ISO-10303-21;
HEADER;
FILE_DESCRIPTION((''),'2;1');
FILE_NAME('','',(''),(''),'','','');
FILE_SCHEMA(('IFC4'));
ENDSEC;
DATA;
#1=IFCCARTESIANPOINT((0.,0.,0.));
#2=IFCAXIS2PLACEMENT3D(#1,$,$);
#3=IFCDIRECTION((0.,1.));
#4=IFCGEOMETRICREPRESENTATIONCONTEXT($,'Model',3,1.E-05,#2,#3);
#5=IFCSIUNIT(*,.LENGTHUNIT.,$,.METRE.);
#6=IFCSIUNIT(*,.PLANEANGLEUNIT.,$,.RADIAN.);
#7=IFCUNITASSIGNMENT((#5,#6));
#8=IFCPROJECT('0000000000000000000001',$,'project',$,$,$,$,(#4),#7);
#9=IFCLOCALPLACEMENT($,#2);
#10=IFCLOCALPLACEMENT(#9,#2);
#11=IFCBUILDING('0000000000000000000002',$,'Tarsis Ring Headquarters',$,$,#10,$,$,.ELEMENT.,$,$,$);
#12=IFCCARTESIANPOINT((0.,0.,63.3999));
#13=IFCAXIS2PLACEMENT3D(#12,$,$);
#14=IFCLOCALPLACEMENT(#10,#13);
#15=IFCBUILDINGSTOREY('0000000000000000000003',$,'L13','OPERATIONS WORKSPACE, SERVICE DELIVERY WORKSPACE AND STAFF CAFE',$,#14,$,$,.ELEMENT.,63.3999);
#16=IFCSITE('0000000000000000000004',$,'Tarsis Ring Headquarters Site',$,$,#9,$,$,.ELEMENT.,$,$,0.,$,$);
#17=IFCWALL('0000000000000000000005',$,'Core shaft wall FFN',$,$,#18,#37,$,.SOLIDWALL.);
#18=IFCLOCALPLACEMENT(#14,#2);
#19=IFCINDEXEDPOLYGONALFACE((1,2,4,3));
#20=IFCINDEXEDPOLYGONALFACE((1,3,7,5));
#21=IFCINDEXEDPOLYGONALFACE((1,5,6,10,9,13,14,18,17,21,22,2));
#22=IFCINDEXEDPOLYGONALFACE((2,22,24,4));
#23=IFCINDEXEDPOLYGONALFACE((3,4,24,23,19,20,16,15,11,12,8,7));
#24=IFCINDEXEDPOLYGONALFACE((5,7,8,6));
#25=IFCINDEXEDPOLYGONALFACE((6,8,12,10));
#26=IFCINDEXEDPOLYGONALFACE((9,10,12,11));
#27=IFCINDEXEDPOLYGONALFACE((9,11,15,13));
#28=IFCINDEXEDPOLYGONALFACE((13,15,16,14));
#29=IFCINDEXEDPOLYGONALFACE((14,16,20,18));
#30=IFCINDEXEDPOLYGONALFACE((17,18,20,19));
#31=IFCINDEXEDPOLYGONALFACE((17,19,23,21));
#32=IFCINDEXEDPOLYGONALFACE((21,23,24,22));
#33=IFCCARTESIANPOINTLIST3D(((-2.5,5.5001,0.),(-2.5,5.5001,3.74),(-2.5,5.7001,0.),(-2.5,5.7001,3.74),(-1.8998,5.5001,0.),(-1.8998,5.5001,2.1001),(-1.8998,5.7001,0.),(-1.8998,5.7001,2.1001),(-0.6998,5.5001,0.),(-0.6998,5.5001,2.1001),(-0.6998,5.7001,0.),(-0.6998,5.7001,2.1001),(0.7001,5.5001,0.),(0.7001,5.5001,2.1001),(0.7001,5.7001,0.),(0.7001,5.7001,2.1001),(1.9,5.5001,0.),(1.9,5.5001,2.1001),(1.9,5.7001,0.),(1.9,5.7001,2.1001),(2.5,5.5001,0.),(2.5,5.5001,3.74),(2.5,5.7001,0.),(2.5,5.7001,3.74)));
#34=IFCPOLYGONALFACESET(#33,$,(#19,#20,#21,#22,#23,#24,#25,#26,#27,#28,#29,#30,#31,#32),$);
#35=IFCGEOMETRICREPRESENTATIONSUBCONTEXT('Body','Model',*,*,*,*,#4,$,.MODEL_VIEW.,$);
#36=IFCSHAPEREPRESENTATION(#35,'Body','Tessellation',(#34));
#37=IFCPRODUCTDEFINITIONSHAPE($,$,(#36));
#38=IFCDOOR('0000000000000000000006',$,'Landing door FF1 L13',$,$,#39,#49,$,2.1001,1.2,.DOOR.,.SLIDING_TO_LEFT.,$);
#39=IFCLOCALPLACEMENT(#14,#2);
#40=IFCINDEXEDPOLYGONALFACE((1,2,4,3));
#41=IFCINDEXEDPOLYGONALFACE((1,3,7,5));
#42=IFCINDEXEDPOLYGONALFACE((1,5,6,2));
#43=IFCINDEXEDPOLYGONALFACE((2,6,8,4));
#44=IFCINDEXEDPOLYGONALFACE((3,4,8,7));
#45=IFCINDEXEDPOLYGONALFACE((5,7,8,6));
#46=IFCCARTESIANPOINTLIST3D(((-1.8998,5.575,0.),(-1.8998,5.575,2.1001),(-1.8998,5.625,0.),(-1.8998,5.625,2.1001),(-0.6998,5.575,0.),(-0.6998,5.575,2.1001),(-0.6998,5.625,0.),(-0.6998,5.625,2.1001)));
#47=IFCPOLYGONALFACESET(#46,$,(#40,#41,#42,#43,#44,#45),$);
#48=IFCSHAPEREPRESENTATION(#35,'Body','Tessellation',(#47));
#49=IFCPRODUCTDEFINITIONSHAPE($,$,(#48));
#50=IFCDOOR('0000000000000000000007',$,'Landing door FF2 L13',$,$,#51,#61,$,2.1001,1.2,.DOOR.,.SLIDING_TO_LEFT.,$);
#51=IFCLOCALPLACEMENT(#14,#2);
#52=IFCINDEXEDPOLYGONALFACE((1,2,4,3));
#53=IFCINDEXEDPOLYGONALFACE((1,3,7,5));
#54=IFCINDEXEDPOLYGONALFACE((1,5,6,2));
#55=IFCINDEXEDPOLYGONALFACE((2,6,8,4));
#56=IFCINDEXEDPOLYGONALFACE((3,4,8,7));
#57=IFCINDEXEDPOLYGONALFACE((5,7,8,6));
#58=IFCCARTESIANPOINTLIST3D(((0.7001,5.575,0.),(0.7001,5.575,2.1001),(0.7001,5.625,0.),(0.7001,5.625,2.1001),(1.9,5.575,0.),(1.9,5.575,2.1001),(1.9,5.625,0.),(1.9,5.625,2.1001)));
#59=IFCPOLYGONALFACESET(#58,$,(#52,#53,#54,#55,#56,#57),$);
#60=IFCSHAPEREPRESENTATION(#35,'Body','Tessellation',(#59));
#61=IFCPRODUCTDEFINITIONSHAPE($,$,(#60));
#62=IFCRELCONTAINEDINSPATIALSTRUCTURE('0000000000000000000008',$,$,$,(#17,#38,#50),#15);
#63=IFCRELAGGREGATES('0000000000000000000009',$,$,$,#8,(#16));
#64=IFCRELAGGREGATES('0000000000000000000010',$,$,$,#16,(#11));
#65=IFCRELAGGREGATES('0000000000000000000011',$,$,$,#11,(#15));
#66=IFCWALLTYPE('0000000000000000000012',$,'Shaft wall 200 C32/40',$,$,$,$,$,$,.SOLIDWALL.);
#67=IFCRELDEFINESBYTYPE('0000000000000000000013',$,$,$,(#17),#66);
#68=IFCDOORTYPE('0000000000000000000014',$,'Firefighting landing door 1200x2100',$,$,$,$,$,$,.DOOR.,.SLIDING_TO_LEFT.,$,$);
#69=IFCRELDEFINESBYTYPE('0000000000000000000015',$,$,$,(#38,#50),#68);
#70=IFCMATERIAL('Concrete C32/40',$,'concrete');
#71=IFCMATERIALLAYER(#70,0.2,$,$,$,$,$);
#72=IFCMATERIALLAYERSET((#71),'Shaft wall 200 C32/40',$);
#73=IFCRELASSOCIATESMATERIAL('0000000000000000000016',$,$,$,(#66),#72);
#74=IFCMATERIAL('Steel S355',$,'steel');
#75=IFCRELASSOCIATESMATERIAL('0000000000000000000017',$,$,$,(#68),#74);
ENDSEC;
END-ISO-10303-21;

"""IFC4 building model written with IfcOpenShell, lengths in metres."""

from ifc_helpers import new_model, si_unit, direction, frame, frame_2d, origin, place, context, subcontext, project, spatial, rectangle, extrude, material, layer, layer_set, type_object, element, fill, save


model = new_model("IFC4")

# Units and contexts
model_context = context("Model", 3, precision=1e-05, world=origin(), true_north=direction((0.0, 1.0)))
body_context = subcontext(model_context, "Body", "Model", "MODEL_VIEW")
ifc_project = project(units=[si_unit("LENGTHUNIT", "METRE"), si_unit("PLANEANGLEUNIT", "RADIAN")], contexts=[model_context])

# Site, building, storey
site_placement = place(None, origin())
site = spatial("IfcSite", under=ifc_project, at=site_placement, Name="Tarsis Ring Headquarters Site", CompositionType="ELEMENT", RefElevation=0.0)
building_placement = place(site_placement, origin())
building = spatial("IfcBuilding", under=site, at=building_placement, Name="Tarsis Ring Headquarters", CompositionType="ELEMENT")
storey_placement = place(building_placement, frame((0.0, 0.0, 63.3999)))
storey = spatial("IfcBuildingStorey", under=building, at=storey_placement, Name="L13", Description="OPERATIONS WORKSPACE, SERVICE DELIVERY WORKSPACE AND STAFF CAFE", CompositionType="ELEMENT", Elevation=63.3999)

# Shared definitions
ifc_material_1 = material(Name="Concrete C32/40", Category="concrete")
ifc_layer_1 = layer(ifc_material_1, 0.2)
ifc_layer_set_1 = layer_set([ifc_layer_1], Name="Shaft wall 200 C32/40")
wall_type_1 = type_object("IfcWallType", Name="Shaft wall 200 C32/40", PredefinedType="SOLIDWALL", material=ifc_layer_set_1)
ifc_material_2 = material(Name="Steel S355", Category="steel")

# Wall, openings, doors
wall_1_placement = place(storey_placement, frame((-2.5, 5.6001, 0.0), z_axis=(0.0, 0.0, 1.0), x_axis=(1.0, 0.0, 0.0)))
wall_1 = element("IfcWall", 1, at=wall_1_placement, inside=storey, type_object=wall_type_1, Name="Core shaft wall FFN", PredefinedType="SOLIDWALL", context=body_context, shape_type="SweptSolid", body=[
    extrude(rectangle(XDim=5.0, YDim=0.2, at=frame_2d((2.5, 0.0))), origin(), (0.0, 0.0, 1.0), 3.74),
])
opening_1_placement = place(wall_1_placement, frame((0.6001, 0.0, 0.0)))
opening_1 = element("IfcOpeningElement", 2, at=opening_1_placement, cuts=wall_1, PredefinedType="OPENING", context=body_context, shape_type="SweptSolid", body=[
    extrude(rectangle(XDim=1.2, YDim=2.1001, at=frame_2d((0.6001, 1.05))), frame((0.0, 0.1099, 0.0), z_axis=(0.0, -1.0, 0.0), x_axis=(1.0, 0.0, 0.0)), (0.0, 0.0, 1.0), 0.22),
])
opening_2_placement = place(wall_1_placement, frame((3.2, 0.0, 0.0)))
opening_2 = element("IfcOpeningElement", 3, at=opening_2_placement, cuts=wall_1, PredefinedType="OPENING", context=body_context, shape_type="SweptSolid", body=[
    extrude(rectangle(XDim=1.2, YDim=2.1001, at=frame_2d((0.6001, 1.05))), frame((0.0, 0.1099, 0.0), z_axis=(0.0, -1.0, 0.0), x_axis=(1.0, 0.0, 0.0)), (0.0, 0.0, 1.0), 0.22),
])
door_type_1 = type_object("IfcDoorType", Name="Firefighting landing door 1200x2100", OperationType="SLIDING_TO_LEFT", PredefinedType="DOOR", material=ifc_material_2)
door_1_placement = place(opening_1_placement, origin())
door_1 = element("IfcDoor", 4, at=door_1_placement, inside=storey, type_object=door_type_1, Name="Landing door FF1 L13", OperationType="SLIDING_TO_LEFT", OverallHeight=2.1001, OverallWidth=1.2, PredefinedType="DOOR", context=body_context, shape_type="SweptSolid", body=[
    extrude(rectangle(XDim=1.2, YDim=2.1001, at=frame_2d((0.6001, 1.05))), frame((0.0, 0.0249, 0.0), z_axis=(0.0, -1.0, 0.0), x_axis=(1.0, 0.0, 0.0)), (0.0, 0.0, 1.0), 0.05),
])
fill(opening_1, door_1)
door_2_placement = place(opening_2_placement, origin())
door_2 = element("IfcDoor", 5, at=door_2_placement, inside=storey, type_object=door_type_1, Name="Landing door FF2 L13", OperationType="SLIDING_TO_LEFT", OverallHeight=2.1001, OverallWidth=1.2, PredefinedType="DOOR", context=body_context, shape_type="SweptSolid", body=[
    extrude(rectangle(XDim=1.2, YDim=2.1001, at=frame_2d((0.6001, 1.05))), frame((0.0, 0.0249, 0.0), z_axis=(0.0, -1.0, 0.0), x_axis=(1.0, 0.0, 0.0)), (0.0, 0.0, 1.0), 0.05),
])
fill(opening_2, door_2)

save(model, "model.ifc")
